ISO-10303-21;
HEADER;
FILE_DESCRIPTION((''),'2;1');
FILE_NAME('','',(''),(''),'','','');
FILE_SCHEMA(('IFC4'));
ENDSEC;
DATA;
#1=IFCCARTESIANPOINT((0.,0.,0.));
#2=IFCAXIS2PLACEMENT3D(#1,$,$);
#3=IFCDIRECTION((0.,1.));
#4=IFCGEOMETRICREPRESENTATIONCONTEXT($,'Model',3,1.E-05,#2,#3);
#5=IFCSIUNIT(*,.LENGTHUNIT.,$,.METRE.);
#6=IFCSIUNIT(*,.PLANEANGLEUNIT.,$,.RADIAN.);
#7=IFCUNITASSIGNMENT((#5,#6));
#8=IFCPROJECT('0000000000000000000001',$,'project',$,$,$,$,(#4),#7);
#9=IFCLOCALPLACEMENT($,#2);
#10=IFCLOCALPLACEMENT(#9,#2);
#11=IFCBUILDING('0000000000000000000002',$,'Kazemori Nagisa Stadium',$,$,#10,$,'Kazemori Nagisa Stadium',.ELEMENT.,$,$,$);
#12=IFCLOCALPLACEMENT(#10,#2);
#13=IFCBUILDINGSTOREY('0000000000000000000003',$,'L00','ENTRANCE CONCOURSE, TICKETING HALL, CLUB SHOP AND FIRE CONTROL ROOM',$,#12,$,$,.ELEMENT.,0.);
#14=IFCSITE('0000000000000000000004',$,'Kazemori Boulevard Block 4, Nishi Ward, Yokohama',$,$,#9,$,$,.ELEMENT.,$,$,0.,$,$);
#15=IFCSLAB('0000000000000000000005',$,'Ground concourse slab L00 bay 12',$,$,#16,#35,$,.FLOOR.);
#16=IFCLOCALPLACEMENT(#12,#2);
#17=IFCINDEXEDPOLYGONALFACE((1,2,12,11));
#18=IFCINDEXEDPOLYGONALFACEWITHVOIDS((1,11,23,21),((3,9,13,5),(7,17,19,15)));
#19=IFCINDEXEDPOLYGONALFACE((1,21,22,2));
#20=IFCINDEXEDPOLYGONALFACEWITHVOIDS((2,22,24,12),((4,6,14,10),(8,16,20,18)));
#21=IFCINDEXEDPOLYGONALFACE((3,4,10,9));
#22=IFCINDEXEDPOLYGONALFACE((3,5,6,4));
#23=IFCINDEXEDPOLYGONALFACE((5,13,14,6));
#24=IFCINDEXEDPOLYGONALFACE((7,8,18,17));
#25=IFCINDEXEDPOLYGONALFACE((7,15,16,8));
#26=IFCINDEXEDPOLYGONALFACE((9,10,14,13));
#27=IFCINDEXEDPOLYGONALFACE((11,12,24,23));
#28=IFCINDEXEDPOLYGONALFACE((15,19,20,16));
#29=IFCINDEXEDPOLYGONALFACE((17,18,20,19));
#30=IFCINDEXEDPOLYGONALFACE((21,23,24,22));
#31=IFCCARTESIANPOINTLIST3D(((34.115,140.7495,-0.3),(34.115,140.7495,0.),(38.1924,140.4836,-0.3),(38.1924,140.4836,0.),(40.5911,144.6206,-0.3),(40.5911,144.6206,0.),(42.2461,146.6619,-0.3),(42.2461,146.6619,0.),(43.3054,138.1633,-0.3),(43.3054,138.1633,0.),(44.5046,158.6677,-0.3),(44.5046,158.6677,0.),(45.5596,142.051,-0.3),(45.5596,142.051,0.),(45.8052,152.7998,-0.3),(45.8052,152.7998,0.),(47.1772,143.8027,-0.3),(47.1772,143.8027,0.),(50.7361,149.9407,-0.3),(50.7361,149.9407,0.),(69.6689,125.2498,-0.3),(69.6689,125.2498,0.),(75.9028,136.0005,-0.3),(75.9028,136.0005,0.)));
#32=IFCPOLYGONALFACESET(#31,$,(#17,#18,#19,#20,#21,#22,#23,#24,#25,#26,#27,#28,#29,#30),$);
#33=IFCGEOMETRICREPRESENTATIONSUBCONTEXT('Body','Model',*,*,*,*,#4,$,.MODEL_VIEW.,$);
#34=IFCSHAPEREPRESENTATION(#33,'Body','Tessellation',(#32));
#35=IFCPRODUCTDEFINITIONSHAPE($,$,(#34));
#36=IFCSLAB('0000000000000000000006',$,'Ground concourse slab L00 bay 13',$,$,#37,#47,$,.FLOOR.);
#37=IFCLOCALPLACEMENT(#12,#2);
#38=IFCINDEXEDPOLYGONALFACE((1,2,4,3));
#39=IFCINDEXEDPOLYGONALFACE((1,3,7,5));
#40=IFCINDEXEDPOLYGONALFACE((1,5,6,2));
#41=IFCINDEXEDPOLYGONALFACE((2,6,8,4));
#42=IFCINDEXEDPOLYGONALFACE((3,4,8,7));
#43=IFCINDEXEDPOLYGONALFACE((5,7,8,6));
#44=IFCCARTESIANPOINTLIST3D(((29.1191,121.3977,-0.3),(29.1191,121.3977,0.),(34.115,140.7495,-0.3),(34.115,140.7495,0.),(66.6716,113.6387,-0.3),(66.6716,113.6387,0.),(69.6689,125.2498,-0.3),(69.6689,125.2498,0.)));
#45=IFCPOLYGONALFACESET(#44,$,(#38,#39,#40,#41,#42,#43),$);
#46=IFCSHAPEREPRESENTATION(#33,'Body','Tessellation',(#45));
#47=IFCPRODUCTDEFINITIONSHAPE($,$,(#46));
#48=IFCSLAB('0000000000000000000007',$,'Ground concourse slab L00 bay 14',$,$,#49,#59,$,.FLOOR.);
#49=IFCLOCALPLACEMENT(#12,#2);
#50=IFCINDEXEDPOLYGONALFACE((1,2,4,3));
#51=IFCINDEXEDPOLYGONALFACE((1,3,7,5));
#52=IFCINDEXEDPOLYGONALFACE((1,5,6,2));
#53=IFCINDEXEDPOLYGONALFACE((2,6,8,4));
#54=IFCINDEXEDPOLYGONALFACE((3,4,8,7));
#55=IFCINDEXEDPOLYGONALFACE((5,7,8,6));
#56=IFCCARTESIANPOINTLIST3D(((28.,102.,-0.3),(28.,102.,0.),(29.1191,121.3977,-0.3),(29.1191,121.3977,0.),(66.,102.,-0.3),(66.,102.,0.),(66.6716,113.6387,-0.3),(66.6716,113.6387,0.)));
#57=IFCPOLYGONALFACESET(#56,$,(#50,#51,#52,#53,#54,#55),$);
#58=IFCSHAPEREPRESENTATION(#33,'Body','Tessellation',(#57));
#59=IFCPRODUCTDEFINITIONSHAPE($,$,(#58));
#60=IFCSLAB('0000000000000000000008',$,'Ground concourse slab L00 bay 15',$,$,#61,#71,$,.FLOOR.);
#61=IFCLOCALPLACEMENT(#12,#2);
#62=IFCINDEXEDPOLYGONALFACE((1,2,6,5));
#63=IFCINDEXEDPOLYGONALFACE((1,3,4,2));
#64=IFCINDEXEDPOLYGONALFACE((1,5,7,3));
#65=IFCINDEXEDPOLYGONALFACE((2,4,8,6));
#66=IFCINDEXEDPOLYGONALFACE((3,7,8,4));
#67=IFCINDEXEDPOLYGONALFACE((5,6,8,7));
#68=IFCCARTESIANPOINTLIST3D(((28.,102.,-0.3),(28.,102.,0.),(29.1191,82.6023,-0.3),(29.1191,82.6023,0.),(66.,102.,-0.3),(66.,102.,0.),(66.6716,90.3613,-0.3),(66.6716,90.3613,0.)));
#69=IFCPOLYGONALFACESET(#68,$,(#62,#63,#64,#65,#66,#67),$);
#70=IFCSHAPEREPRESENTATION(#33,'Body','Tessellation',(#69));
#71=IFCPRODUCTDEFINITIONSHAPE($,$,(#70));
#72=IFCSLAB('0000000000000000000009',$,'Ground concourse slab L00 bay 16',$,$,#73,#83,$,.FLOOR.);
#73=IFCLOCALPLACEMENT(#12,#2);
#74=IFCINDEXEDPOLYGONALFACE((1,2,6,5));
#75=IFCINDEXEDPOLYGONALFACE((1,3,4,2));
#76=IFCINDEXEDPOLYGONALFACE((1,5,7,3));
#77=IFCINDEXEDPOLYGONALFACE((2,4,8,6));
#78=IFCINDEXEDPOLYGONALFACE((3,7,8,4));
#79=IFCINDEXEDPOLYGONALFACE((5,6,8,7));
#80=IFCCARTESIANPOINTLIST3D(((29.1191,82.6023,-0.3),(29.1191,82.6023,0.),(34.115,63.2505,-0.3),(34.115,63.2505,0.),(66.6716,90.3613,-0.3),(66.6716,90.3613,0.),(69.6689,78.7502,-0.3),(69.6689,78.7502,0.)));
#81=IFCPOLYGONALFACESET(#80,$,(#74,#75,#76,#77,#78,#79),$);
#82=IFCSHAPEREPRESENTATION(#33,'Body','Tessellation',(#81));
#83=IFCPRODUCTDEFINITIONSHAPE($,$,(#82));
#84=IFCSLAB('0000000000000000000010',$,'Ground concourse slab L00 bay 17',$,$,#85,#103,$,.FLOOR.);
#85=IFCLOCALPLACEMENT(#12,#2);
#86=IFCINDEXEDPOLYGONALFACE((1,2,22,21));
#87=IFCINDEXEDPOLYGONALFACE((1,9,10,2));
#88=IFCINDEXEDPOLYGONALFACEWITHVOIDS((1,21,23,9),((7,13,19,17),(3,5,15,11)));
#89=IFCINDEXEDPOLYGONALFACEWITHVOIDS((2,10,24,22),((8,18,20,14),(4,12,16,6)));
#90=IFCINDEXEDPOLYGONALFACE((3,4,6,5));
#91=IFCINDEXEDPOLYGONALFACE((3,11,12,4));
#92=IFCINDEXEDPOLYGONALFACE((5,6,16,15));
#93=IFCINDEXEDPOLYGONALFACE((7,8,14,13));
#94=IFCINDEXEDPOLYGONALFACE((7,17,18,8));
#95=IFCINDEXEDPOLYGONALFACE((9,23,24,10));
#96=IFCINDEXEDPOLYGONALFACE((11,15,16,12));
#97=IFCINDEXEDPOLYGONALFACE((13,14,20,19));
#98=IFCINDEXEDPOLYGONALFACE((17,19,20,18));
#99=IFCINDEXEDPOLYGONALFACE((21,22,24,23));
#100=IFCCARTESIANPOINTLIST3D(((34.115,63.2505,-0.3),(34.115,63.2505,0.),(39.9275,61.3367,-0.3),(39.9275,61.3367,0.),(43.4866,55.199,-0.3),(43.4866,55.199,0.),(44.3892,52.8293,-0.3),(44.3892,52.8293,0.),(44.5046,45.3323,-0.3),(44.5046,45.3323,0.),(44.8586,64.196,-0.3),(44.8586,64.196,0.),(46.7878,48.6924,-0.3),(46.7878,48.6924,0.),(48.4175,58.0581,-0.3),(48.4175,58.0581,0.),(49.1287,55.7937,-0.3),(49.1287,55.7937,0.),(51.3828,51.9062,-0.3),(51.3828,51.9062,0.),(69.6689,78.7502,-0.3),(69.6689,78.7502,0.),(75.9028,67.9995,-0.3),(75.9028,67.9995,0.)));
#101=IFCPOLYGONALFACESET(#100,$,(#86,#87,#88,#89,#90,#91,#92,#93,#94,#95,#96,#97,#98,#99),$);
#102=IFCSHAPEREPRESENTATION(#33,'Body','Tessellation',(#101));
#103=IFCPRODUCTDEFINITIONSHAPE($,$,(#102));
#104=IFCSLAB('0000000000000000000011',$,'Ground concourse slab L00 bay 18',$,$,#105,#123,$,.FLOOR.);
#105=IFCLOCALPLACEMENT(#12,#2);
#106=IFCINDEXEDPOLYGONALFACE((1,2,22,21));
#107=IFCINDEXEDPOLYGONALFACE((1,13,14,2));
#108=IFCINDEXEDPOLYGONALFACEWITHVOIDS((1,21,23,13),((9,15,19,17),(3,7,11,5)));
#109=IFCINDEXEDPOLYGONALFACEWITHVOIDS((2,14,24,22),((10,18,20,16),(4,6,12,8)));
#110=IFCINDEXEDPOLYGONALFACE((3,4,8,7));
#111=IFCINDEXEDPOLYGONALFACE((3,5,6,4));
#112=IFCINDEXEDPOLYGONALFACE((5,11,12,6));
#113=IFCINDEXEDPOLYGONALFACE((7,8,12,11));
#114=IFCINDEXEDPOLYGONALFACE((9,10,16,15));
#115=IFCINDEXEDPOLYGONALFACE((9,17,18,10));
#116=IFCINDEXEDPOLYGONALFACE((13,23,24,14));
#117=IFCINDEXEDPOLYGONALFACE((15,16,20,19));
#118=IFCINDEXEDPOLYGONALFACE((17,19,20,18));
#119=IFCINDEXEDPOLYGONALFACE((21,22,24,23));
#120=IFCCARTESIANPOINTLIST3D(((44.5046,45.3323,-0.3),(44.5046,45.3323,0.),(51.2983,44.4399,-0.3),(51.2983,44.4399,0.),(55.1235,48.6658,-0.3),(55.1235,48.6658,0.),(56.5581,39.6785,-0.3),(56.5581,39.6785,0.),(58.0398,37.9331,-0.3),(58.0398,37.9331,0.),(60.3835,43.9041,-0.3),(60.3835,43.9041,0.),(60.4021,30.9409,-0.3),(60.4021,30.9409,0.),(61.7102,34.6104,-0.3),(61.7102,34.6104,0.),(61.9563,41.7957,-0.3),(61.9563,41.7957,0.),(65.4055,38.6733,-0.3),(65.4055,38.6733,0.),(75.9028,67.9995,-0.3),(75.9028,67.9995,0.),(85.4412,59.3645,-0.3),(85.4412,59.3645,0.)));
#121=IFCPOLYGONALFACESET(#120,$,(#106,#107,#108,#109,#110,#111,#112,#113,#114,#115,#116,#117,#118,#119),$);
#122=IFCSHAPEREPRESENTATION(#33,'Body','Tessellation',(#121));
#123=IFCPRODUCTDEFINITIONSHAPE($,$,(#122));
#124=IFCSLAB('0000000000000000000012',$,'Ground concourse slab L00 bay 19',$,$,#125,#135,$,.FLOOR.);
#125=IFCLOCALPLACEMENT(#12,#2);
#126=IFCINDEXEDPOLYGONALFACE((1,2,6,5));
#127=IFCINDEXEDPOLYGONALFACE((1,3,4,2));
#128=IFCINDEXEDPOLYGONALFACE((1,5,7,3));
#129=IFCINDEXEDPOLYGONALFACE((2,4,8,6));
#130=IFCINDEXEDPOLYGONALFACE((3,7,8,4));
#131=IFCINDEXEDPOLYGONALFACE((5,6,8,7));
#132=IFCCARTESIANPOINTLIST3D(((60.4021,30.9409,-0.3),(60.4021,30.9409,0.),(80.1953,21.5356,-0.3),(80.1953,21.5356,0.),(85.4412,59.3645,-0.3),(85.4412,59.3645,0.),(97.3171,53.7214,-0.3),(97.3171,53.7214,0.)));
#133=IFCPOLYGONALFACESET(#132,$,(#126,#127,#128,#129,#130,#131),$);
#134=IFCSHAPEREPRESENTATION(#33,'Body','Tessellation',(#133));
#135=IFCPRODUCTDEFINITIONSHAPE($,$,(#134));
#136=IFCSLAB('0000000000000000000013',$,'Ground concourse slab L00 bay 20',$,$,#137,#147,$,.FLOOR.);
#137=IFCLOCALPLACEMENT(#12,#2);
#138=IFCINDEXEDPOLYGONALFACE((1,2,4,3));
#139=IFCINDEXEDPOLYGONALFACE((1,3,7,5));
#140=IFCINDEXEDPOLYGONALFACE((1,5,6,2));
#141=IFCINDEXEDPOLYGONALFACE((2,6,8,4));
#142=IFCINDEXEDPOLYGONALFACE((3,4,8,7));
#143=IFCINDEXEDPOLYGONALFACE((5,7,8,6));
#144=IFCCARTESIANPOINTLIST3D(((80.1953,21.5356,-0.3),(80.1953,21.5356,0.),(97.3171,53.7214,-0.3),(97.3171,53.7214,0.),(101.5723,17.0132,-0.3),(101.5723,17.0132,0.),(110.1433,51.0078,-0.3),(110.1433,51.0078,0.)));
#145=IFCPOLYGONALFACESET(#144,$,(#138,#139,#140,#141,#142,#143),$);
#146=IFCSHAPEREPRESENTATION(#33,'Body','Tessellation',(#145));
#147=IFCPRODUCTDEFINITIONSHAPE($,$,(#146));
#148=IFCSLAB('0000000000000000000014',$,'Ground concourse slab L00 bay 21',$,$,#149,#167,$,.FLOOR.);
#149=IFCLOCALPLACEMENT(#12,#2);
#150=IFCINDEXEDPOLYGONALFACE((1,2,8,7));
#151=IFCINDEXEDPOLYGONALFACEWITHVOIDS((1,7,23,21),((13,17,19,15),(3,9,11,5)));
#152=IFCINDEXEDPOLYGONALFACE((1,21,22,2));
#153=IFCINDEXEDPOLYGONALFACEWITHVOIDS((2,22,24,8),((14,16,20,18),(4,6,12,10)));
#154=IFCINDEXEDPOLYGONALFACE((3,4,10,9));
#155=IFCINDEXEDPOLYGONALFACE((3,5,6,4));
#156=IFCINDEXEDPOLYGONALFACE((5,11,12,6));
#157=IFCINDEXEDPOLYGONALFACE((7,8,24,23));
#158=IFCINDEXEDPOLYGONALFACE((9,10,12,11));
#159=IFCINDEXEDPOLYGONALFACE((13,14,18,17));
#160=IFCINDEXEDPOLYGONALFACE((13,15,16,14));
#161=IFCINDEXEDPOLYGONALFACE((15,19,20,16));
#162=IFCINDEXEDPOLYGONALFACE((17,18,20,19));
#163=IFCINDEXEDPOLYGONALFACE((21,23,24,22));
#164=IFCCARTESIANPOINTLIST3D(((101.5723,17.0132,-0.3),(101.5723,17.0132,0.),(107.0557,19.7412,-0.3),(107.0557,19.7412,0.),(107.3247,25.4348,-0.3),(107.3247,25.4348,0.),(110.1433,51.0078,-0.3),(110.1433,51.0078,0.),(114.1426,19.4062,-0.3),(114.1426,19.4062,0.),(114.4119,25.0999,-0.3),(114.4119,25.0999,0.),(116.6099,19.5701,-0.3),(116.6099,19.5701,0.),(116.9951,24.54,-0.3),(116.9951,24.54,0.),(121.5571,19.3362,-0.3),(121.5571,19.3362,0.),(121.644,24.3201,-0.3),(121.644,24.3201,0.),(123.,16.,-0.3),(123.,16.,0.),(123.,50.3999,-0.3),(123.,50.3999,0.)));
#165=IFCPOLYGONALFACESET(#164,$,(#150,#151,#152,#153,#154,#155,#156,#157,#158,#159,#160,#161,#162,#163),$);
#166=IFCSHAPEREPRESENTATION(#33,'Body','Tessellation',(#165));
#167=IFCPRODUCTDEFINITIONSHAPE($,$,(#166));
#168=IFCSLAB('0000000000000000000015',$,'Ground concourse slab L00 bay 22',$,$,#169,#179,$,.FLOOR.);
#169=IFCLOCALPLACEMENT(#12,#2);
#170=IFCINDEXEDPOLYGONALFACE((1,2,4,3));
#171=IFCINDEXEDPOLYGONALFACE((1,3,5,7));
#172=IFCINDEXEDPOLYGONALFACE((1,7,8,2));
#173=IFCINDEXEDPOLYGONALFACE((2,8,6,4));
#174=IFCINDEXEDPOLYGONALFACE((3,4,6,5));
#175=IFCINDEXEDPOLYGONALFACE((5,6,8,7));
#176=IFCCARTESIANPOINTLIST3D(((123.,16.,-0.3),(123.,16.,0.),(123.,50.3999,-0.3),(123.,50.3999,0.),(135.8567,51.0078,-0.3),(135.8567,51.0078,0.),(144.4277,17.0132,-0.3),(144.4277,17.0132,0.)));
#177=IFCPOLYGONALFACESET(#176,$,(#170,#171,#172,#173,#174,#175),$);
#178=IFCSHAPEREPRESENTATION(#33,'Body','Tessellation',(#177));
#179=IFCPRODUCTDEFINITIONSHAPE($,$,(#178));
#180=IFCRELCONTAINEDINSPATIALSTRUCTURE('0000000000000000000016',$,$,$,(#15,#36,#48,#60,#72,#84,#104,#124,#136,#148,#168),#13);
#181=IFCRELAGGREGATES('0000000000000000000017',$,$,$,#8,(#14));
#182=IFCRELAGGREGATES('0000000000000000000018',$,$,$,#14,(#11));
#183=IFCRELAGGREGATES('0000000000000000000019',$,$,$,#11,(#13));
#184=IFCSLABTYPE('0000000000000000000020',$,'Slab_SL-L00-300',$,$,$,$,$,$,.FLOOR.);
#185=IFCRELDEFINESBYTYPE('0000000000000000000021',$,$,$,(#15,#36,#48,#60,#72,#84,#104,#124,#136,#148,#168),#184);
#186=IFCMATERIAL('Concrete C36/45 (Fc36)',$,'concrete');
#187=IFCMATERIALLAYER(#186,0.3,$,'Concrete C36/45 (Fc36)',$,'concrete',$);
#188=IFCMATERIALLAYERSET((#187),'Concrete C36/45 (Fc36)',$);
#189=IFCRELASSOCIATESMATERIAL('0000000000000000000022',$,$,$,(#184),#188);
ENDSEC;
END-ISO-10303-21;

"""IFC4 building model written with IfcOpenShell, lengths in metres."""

from ifc_helpers import new_model, si_unit, direction, frame, origin, place, context, subcontext, project, spatial, polyline, outline, extrude, material, layer, layer_set, type_object, element, save


model = new_model("IFC4")

# Units and contexts
model_context = context("Model", 3, precision=1e-05, world=origin(), true_north=direction((0.0, 1.0)))
body_context = subcontext(model_context, "Body", "Model", "MODEL_VIEW")
ifc_project = project(units=[si_unit("LENGTHUNIT", "METRE"), si_unit("PLANEANGLEUNIT", "RADIAN")], contexts=[model_context])

# Site, building, storey
site_placement = place(None, origin())
site = spatial("IfcSite", under=ifc_project, at=site_placement, Name="Kazemori Boulevard Block 4, Nishi Ward, Yokohama", CompositionType="ELEMENT", RefElevation=0.0)
building_placement = place(site_placement, origin())
building = spatial("IfcBuilding", under=site, at=building_placement, Name="Kazemori Nagisa Stadium", LongName="Kazemori Nagisa Stadium", CompositionType="ELEMENT")
storey_placement = place(building_placement, origin())
storey = spatial("IfcBuildingStorey", under=building, at=storey_placement, Name="L00", Description="ENTRANCE CONCOURSE, TICKETING HALL, CLUB SHOP AND FIRE CONTROL ROOM", CompositionType="ELEMENT", Elevation=0.0)

# Slabs
ifc_material = material(Name="Concrete C36/45 (Fc36)", Category="concrete")
ifc_layer_1 = layer(ifc_material, 0.3, Name="Concrete C36/45 (Fc36)", Category="concrete")
ifc_layer_set_1 = layer_set([ifc_layer_1], Name="Concrete C36/45 (Fc36)")
slab_type_1 = type_object("IfcSlabType", Name="Slab_SL-L00-300", PredefinedType="FLOOR", material=ifc_layer_set_1)
slab_1_placement = place(storey_placement, frame((0.0, 0.0, -0.3)))
element("IfcSlab", 1, at=slab_1_placement, inside=storey, type_object=slab_type_1, Name="Ground concourse slab L00 bay 12", PredefinedType="FLOOR", context=body_context, shape_type="SweptSolid", body=[
    extrude(outline(polyline([(75.9028, 136.0005), (69.6689, 125.2498), (34.115, 140.7495), (44.5046, 158.6677), (75.9028, 136.0005)]), holes=[polyline([(50.7361, 149.9407), (47.1772, 143.8027), (42.2461, 146.6619), (45.8052, 152.7998), (50.7361, 149.9407)]), polyline([(45.5596, 142.051), (43.3054, 138.1633), (38.1924, 140.4836), (40.5911, 144.6206), (45.5596, 142.051)])]), origin(), (0.0, 0.0, 1.0), 0.3),
])
slab_2_placement = place(storey_placement, frame((0.0, 0.0, -0.3)))
element("IfcSlab", 2, at=slab_2_placement, inside=storey, type_object=slab_type_1, Name="Ground concourse slab L00 bay 13", PredefinedType="FLOOR", context=body_context, shape_type="SweptSolid", body=[
    extrude(outline(polyline([(69.6689, 125.2498), (66.6716, 113.6387), (29.1191, 121.3977), (34.115, 140.7495), (69.6689, 125.2498)])), origin(), (0.0, 0.0, 1.0), 0.3),
])
slab_3_placement = place(storey_placement, frame((0.0, 0.0, -0.3)))
element("IfcSlab", 3, at=slab_3_placement, inside=storey, type_object=slab_type_1, Name="Ground concourse slab L00 bay 14", PredefinedType="FLOOR", context=body_context, shape_type="SweptSolid", body=[
    extrude(outline(polyline([(66.6716, 113.6387), (66.0, 102.0), (28.0, 102.0), (29.1191, 121.3977), (66.6716, 113.6387)])), origin(), (0.0, 0.0, 1.0), 0.3),
])
slab_4_placement = place(storey_placement, frame((0.0, 0.0, -0.3)))
element("IfcSlab", 4, at=slab_4_placement, inside=storey, type_object=slab_type_1, Name="Ground concourse slab L00 bay 15", PredefinedType="FLOOR", context=body_context, shape_type="SweptSolid", body=[
    extrude(outline(polyline([(66.0, 102.0), (66.6716, 90.3613), (29.1191, 82.6023), (28.0, 102.0), (66.0, 102.0)])), origin(), (0.0, 0.0, 1.0), 0.3),
])
slab_5_placement = place(storey_placement, frame((0.0, 0.0, -0.3)))
element("IfcSlab", 5, at=slab_5_placement, inside=storey, type_object=slab_type_1, Name="Ground concourse slab L00 bay 16", PredefinedType="FLOOR", context=body_context, shape_type="SweptSolid", body=[
    extrude(outline(polyline([(66.6716, 90.3613), (69.6689, 78.7502), (34.115, 63.2505), (29.1191, 82.6023), (66.6716, 90.3613)])), origin(), (0.0, 0.0, 1.0), 0.3),
])
slab_6_placement = place(storey_placement, frame((0.0, 0.0, -0.3)))
element("IfcSlab", 6, at=slab_6_placement, inside=storey, type_object=slab_type_1, Name="Ground concourse slab L00 bay 17", PredefinedType="FLOOR", context=body_context, shape_type="SweptSolid", body=[
    extrude(outline(polyline([(69.6689, 78.7502), (75.9028, 67.9995), (44.5046, 45.3323), (34.115, 63.2505), (69.6689, 78.7502)]), holes=[polyline([(44.8586, 64.196), (48.4175, 58.0581), (43.4866, 55.199), (39.9275, 61.3367), (44.8586, 64.196)]), polyline([(49.1287, 55.7937), (51.3828, 51.9062), (46.7878, 48.6924), (44.3892, 52.8293), (49.1287, 55.7937)])]), origin(), (0.0, 0.0, 1.0), 0.3),
])
slab_7_placement = place(storey_placement, frame((0.0, 0.0, -0.3)))
element("IfcSlab", 7, at=slab_7_placement, inside=storey, type_object=slab_type_1, Name="Ground concourse slab L00 bay 18", PredefinedType="FLOOR", context=body_context, shape_type="SweptSolid", body=[
    extrude(outline(polyline([(75.9028, 67.9995), (85.4412, 59.3645), (60.4021, 30.9409), (44.5046, 45.3323), (75.9028, 67.9995)]), holes=[polyline([(55.1235, 48.6658), (60.3835, 43.9041), (56.5581, 39.6785), (51.2983, 44.4399), (55.1235, 48.6658)]), polyline([(61.9563, 41.7957), (65.4055, 38.6733), (61.7102, 34.6104), (58.0398, 37.9331), (61.9563, 41.7957)])]), origin(), (0.0, 0.0, 1.0), 0.3),
])
slab_8_placement = place(storey_placement, frame((0.0, 0.0, -0.3)))
element("IfcSlab", 8, at=slab_8_placement, inside=storey, type_object=slab_type_1, Name="Ground concourse slab L00 bay 19", PredefinedType="FLOOR", context=body_context, shape_type="SweptSolid", body=[
    extrude(outline(polyline([(85.4412, 59.3645), (97.3171, 53.7214), (80.1953, 21.5356), (60.4021, 30.9409), (85.4412, 59.3645)])), origin(), (0.0, 0.0, 1.0), 0.3),
])
slab_9_placement = place(storey_placement, frame((0.0, 0.0, -0.3)))
element("IfcSlab", 9, at=slab_9_placement, inside=storey, type_object=slab_type_1, Name="Ground concourse slab L00 bay 20", PredefinedType="FLOOR", context=body_context, shape_type="SweptSolid", body=[
    extrude(outline(polyline([(97.3171, 53.7214), (110.1433, 51.0078), (101.5723, 17.0132), (80.1953, 21.5356), (97.3171, 53.7214)])), origin(), (0.0, 0.0, 1.0), 0.3),
])
slab_10_placement = place(storey_placement, frame((0.0, 0.0, -0.3)))
element("IfcSlab", 10, at=slab_10_placement, inside=storey, type_object=slab_type_1, Name="Ground concourse slab L00 bay 21", PredefinedType="FLOOR", context=body_context, shape_type="SweptSolid", body=[
    extrude(outline(polyline([(110.1433, 51.0078), (123.0, 50.3999), (123.0, 16.0), (101.5723, 17.0132), (110.1433, 51.0078)]), holes=[polyline([(107.3247, 25.4348), (114.4119, 25.0999), (114.1426, 19.4062), (107.0557, 19.7412), (107.3247, 25.4348)]), polyline([(116.9951, 24.54), (121.644, 24.3201), (121.5571, 19.3362), (116.6099, 19.5701), (116.9951, 24.54)])]), origin(), (0.0, 0.0, 1.0), 0.3),
])
slab_11_placement = place(storey_placement, frame((0.0, 0.0, -0.3)))
element("IfcSlab", 11, at=slab_11_placement, inside=storey, type_object=slab_type_1, Name="Ground concourse slab L00 bay 22", PredefinedType="FLOOR", context=body_context, shape_type="SweptSolid", body=[
    extrude(outline(polyline([(123.0, 50.3999), (135.8567, 51.0078), (144.4277, 17.0132), (123.0, 16.0), (123.0, 50.3999)])), origin(), (0.0, 0.0, 1.0), 0.3),
])

save(model, "model.ifc")
